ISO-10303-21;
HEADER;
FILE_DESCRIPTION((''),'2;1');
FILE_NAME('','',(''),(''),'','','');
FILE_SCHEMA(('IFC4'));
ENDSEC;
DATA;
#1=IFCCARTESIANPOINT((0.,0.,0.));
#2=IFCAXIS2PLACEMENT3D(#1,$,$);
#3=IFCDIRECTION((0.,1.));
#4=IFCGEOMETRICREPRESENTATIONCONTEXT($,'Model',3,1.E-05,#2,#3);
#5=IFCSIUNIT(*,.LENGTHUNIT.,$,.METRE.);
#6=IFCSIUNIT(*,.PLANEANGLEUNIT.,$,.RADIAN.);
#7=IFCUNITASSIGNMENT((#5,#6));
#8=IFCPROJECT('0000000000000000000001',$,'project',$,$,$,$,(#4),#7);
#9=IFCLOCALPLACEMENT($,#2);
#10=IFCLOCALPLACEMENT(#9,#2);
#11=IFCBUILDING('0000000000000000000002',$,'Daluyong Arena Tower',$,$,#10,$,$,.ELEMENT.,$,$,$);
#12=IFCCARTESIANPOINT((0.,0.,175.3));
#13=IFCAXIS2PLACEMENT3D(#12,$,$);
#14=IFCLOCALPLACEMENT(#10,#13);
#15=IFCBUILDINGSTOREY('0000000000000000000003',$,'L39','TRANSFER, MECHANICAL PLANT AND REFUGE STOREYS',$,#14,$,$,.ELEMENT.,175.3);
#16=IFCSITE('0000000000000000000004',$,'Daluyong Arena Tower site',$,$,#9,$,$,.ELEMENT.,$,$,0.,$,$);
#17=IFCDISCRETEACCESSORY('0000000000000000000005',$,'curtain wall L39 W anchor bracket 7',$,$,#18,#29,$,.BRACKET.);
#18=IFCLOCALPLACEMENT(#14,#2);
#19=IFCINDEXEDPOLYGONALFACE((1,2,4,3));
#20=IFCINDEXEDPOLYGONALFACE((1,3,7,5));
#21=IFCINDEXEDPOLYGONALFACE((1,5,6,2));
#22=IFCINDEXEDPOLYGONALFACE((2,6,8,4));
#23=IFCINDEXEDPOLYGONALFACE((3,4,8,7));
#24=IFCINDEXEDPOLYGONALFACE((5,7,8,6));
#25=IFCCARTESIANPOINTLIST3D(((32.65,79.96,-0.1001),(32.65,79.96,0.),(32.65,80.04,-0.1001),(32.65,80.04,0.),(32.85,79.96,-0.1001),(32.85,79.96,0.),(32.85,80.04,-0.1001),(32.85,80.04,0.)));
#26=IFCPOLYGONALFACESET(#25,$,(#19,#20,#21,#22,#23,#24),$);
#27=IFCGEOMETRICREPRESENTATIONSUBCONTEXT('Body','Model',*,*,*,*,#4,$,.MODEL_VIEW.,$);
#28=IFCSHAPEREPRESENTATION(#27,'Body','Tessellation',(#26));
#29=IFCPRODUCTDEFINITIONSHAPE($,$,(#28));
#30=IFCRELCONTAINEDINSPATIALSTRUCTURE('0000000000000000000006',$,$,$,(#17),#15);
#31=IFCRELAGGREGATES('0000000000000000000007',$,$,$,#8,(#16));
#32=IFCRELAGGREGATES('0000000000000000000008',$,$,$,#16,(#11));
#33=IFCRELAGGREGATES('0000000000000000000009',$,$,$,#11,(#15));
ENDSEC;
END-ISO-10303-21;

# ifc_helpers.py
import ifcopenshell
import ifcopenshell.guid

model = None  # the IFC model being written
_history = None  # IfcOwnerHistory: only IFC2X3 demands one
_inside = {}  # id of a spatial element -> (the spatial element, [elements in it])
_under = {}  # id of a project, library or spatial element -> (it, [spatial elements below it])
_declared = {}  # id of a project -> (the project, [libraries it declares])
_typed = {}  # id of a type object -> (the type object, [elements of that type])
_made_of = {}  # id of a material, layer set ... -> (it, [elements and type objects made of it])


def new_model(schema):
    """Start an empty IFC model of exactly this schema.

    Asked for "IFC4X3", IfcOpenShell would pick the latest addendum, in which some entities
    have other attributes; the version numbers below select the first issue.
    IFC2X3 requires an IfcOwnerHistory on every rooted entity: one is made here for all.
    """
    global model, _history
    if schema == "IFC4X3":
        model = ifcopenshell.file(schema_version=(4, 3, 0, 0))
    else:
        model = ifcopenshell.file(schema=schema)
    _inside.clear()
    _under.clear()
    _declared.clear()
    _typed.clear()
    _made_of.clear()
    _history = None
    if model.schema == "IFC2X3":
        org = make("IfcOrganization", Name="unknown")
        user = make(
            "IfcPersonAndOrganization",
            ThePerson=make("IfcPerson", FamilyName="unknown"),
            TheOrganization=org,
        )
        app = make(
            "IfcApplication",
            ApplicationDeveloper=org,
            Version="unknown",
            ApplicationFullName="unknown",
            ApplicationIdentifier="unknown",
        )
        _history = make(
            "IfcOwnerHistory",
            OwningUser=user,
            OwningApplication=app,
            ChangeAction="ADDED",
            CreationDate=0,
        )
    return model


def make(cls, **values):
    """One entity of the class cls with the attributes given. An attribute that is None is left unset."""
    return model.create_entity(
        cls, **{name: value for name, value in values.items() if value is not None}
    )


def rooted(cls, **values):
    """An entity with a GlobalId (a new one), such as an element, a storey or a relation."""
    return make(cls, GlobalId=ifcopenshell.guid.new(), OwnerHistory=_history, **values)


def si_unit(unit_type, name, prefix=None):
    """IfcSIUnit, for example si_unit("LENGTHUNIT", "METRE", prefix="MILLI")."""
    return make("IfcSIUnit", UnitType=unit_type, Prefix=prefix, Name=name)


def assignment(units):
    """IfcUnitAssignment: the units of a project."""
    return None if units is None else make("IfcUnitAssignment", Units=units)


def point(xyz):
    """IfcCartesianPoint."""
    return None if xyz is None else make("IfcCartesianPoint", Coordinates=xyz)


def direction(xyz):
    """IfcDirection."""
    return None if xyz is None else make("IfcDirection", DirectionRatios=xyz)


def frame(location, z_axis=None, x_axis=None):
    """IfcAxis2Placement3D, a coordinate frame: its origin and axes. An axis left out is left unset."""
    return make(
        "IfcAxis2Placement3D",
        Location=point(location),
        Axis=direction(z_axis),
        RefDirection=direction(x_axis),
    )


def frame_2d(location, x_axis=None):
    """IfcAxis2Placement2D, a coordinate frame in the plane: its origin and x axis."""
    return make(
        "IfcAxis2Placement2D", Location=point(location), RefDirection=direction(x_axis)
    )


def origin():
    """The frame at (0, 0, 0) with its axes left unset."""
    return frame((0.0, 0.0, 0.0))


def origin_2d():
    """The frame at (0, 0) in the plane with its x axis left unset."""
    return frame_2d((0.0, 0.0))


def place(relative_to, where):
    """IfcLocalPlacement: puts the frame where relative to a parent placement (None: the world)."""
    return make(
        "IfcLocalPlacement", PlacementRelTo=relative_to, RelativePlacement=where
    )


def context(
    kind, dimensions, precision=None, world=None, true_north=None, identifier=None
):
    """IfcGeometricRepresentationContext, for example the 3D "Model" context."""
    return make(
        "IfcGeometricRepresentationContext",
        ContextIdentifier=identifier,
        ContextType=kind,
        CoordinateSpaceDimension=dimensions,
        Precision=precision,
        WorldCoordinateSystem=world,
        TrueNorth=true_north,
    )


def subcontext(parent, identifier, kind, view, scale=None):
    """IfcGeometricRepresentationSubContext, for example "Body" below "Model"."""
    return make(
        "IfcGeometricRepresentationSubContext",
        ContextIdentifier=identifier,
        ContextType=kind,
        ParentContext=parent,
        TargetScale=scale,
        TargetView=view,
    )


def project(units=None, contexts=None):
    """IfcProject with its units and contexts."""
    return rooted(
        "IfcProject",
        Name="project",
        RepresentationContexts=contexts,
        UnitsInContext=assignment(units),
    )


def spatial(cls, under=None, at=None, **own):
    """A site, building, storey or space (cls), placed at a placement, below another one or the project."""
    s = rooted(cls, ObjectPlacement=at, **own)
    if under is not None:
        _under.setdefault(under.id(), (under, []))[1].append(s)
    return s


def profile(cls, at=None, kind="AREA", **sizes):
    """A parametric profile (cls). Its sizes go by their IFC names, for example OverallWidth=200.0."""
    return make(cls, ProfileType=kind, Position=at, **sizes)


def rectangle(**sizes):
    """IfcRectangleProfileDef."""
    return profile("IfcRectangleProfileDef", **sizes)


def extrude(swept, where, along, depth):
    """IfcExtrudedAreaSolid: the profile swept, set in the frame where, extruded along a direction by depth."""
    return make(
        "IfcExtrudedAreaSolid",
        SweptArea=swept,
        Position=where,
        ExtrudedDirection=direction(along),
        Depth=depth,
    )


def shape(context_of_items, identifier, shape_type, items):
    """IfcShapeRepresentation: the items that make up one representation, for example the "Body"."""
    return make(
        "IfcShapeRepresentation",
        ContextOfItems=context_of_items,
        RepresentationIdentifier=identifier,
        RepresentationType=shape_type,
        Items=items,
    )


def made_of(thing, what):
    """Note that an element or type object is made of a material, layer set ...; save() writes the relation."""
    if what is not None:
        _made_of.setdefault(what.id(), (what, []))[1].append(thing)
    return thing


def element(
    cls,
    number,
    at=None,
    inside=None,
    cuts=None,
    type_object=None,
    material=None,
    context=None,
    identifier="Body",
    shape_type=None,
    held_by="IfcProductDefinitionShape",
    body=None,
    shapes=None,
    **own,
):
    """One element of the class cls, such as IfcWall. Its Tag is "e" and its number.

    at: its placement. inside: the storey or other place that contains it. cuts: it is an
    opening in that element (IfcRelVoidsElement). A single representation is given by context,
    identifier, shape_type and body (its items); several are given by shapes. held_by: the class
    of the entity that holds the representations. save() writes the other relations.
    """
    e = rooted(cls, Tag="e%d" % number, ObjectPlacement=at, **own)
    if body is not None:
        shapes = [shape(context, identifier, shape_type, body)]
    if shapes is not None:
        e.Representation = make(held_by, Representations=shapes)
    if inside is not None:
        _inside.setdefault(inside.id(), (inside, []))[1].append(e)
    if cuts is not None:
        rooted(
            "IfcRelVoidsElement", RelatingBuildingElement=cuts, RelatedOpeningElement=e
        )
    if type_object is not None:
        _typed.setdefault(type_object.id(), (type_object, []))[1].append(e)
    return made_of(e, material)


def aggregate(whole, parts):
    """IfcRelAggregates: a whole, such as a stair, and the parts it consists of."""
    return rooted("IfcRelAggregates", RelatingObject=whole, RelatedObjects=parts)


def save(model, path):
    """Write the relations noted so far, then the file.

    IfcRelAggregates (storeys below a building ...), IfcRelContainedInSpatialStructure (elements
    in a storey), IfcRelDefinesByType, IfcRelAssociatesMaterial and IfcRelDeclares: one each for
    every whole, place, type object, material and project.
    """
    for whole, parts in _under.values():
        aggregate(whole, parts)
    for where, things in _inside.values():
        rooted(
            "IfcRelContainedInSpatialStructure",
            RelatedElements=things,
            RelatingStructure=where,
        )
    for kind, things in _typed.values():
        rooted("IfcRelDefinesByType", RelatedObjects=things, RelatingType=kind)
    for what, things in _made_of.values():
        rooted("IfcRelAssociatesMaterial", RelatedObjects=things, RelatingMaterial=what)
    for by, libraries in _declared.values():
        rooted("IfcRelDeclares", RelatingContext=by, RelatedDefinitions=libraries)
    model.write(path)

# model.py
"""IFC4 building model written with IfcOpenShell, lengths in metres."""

from ifc_helpers import new_model, si_unit, direction, frame, origin, origin_2d, place, context, subcontext, project, spatial, rectangle, extrude, element, save


model = new_model("IFC4")

# Units and contexts
model_context = context("Model", 3, precision=1e-05, world=origin(), true_north=direction((0.0, 1.0)))
body_context = subcontext(model_context, "Body", "Model", "MODEL_VIEW")
ifc_project = project(units=[si_unit("LENGTHUNIT", "METRE"), si_unit("PLANEANGLEUNIT", "RADIAN")], contexts=[model_context])

# Site, building, storey
site_placement = place(None, origin())
site = spatial("IfcSite", under=ifc_project, at=site_placement, Name="Daluyong Arena Tower site", CompositionType="ELEMENT", RefElevation=0.0)
building_placement = place(site_placement, origin())
building = spatial("IfcBuilding", under=site, at=building_placement, Name="Daluyong Arena Tower", CompositionType="ELEMENT")
storey_placement = place(building_placement, frame((0.0, 0.0, 175.3)))
storey = spatial("IfcBuildingStorey", under=building, at=storey_placement, Name="L39", Description="TRANSFER, MECHANICAL PLANT AND REFUGE STOREYS", CompositionType="ELEMENT", Elevation=175.3)

# Discrete accessory
for number, where, z_axis, x_axis, name in (
    (1, (32.75, 80.0, -0.1001), (0.0, 0.0, 1.0), (0.0, -1.0, 0.0), "curtain wall L39 W anchor bracket 7"),
):
    element("IfcDiscreteAccessory", number, at=place(storey_placement, frame(where, z_axis=z_axis, x_axis=x_axis)), inside=storey, Name=name, PredefinedType="BRACKET", context=body_context, shape_type="SweptSolid", body=[
        extrude(rectangle(XDim=0.0801, YDim=0.2, at=origin_2d()), origin(), (0.0, 0.0, 1.0), 0.1001),
    ])

save(model, "model.ifc")
